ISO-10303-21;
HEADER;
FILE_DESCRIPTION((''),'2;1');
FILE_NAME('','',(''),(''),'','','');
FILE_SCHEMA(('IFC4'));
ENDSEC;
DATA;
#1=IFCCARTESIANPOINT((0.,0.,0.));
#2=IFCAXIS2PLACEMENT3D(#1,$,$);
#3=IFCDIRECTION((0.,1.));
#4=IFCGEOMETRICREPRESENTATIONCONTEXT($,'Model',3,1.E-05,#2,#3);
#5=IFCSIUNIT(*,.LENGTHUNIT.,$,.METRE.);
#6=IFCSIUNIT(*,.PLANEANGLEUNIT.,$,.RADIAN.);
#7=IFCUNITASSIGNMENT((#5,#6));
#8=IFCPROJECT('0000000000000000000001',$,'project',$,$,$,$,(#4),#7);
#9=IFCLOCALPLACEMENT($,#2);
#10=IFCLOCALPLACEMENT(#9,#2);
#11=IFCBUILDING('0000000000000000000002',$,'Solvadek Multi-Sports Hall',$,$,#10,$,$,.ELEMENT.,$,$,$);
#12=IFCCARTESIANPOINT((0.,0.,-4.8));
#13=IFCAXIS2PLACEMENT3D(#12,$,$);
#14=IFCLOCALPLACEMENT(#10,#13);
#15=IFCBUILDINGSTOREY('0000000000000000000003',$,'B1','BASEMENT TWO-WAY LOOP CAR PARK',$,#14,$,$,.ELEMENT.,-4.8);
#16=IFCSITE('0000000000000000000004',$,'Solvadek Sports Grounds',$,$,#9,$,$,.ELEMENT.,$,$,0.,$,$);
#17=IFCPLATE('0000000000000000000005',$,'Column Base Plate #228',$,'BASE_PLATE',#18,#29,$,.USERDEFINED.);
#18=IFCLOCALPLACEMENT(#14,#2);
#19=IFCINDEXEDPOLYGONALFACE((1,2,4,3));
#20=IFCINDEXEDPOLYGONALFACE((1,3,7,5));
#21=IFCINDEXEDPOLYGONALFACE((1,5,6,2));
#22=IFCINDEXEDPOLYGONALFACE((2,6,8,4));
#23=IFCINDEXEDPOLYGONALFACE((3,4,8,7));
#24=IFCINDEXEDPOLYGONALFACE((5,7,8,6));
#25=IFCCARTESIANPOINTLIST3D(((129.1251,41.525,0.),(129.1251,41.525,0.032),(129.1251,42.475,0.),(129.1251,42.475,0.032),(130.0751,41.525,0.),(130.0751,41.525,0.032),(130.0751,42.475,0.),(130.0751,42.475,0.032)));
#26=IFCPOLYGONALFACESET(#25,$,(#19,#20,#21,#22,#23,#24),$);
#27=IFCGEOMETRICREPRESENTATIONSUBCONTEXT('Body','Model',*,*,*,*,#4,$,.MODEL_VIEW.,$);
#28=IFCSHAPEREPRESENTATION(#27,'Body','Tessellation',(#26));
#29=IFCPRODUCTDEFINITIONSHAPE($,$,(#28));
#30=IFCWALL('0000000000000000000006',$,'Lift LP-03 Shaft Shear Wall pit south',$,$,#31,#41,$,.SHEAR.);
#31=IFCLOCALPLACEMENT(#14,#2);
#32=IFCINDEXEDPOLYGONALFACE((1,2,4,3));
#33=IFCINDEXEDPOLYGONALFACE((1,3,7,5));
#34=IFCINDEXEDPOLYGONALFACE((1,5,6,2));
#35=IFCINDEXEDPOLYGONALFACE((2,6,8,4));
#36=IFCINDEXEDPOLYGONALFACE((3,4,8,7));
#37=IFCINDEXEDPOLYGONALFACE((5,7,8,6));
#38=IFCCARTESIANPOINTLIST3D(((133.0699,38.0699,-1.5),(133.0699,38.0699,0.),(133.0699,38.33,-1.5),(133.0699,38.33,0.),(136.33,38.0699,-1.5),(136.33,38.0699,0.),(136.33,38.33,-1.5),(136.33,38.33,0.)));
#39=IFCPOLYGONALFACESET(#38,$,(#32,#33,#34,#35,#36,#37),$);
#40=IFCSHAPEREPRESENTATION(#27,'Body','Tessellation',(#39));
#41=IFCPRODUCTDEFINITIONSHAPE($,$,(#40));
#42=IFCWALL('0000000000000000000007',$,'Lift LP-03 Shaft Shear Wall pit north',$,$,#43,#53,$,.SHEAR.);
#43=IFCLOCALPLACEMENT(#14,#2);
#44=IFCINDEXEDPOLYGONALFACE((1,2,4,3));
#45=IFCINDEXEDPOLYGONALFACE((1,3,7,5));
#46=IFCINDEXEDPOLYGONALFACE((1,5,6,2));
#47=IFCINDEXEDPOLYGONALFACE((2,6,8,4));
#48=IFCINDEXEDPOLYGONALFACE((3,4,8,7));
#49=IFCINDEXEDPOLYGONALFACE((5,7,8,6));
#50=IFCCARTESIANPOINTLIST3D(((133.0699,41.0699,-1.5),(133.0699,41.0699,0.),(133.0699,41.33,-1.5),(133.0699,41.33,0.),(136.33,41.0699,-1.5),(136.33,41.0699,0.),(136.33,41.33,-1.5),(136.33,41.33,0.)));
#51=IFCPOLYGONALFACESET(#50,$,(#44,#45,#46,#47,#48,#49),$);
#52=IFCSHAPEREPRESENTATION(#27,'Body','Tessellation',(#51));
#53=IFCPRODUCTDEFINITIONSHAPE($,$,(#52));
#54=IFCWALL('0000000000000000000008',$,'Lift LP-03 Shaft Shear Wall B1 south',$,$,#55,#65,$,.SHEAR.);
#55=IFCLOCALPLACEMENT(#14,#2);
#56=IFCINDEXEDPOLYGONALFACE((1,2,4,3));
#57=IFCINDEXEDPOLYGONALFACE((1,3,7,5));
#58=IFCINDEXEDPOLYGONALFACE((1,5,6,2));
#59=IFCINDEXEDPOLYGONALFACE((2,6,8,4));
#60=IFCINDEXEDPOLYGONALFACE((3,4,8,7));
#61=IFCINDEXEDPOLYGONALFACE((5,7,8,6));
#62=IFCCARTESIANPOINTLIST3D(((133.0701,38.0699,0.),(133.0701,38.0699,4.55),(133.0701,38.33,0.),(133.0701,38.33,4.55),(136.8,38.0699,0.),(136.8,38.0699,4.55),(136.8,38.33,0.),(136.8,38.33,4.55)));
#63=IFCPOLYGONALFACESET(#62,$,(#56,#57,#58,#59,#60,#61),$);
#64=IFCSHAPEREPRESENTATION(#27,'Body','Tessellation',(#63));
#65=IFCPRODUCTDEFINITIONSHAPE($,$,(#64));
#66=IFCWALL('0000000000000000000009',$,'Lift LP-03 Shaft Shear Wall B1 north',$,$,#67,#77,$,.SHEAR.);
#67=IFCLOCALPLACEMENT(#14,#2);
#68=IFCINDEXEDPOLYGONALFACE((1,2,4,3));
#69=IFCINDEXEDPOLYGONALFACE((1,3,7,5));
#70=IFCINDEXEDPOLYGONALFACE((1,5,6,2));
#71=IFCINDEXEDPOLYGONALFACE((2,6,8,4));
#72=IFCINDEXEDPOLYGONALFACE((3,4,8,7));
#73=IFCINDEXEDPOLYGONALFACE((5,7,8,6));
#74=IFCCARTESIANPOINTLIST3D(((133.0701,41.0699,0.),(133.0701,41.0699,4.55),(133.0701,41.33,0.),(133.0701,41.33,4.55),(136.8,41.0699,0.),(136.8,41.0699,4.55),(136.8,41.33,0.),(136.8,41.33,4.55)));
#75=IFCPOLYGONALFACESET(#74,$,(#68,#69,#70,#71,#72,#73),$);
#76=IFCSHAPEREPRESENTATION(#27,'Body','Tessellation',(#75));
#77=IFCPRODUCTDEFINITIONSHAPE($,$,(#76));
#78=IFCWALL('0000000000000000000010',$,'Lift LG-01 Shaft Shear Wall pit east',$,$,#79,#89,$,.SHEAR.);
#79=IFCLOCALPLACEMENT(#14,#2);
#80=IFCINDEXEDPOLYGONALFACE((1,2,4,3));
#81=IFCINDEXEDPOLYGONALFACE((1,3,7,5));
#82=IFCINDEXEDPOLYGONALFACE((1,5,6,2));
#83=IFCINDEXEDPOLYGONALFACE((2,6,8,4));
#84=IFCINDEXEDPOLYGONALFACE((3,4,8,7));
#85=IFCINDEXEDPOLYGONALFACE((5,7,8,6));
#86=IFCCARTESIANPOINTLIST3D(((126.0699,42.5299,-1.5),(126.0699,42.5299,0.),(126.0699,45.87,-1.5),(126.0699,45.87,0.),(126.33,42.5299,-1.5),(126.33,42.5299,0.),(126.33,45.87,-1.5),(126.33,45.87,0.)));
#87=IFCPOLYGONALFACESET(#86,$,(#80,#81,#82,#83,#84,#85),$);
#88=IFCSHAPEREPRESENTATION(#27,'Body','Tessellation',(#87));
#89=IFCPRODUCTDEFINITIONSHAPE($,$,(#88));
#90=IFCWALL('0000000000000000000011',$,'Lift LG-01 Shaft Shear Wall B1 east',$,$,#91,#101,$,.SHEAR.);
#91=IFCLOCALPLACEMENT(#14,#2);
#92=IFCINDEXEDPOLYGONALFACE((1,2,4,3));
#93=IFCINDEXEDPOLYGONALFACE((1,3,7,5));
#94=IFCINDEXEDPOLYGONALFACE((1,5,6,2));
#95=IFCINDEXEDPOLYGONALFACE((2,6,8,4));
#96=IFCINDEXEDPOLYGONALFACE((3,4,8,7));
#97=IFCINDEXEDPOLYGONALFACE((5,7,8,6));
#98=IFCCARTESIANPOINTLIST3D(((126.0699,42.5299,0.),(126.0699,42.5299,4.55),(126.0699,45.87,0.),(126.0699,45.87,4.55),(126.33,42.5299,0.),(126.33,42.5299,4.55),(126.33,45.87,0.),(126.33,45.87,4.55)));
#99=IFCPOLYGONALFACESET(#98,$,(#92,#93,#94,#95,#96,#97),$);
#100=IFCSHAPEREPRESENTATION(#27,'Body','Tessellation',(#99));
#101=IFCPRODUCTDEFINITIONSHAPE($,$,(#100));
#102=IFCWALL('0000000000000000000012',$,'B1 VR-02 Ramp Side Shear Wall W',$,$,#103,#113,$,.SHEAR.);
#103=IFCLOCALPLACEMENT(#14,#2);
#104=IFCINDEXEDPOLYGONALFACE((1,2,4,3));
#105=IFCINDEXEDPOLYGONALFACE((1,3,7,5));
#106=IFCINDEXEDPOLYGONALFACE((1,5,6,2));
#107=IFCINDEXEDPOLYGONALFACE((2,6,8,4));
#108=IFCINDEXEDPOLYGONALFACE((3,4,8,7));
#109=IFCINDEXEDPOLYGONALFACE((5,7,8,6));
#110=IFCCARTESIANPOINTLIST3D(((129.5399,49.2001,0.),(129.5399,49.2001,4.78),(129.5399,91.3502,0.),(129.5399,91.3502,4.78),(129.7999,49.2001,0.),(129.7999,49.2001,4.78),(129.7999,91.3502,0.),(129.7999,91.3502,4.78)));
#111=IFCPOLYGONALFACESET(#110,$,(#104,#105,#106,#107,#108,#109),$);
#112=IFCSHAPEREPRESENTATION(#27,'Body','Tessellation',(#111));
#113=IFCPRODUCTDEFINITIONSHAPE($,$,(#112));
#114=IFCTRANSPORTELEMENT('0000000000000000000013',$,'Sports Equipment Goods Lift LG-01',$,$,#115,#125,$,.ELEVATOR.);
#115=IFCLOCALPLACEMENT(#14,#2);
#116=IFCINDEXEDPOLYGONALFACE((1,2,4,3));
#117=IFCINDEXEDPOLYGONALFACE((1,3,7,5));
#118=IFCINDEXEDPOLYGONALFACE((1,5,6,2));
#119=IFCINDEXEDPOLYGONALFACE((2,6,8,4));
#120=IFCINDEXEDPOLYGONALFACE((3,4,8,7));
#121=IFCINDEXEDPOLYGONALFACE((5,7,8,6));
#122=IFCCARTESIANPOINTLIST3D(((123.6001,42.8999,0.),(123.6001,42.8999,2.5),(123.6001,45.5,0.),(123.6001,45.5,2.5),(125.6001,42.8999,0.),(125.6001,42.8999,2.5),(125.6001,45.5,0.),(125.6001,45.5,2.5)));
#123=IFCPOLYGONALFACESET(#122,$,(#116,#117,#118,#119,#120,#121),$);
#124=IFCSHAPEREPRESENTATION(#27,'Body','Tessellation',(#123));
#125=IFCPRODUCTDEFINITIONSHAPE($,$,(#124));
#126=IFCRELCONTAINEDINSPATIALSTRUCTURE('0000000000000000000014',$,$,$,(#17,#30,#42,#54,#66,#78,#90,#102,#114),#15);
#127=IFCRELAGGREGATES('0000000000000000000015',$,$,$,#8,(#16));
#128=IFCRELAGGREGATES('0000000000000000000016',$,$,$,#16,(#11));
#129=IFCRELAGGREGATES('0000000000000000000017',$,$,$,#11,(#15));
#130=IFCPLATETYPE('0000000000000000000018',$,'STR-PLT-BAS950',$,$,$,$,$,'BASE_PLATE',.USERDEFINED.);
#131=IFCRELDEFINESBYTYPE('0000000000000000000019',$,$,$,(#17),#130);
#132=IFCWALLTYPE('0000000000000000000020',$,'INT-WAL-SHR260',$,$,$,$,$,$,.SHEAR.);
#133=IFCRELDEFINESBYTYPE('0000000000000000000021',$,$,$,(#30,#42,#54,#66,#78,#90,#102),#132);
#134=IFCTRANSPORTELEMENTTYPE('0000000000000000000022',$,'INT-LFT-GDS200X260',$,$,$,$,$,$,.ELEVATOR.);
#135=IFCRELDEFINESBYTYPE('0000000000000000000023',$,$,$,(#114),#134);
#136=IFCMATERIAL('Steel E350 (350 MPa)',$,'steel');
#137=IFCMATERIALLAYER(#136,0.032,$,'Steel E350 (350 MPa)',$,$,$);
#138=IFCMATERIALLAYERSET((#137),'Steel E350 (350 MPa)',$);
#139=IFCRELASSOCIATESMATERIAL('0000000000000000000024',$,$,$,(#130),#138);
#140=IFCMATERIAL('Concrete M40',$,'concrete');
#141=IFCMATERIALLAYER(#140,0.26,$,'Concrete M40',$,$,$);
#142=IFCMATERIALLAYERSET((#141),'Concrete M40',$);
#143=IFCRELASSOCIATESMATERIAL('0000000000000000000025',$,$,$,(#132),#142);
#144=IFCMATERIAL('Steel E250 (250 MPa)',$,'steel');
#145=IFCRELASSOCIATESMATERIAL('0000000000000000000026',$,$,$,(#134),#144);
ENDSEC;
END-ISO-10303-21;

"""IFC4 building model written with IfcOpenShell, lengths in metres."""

from ifc_helpers import new_model, si_unit, direction, frame, frame_2d, origin, origin_2d, place, context, subcontext, project, spatial, rectangle, extrude, material, layer, layer_set, type_object, element, save


model = new_model("IFC4")

# Units and contexts
model_context = context("Model", 3, precision=1e-05, world=origin(), true_north=direction((0.0, 1.0)))
body_context = subcontext(model_context, "Body", "Model", "MODEL_VIEW")
ifc_project = project(units=[si_unit("LENGTHUNIT", "METRE"), si_unit("PLANEANGLEUNIT", "RADIAN")], contexts=[model_context])

# Site, building, storey
site_placement = place(None, origin())
site = spatial("IfcSite", under=ifc_project, at=site_placement, Name="Solvadek Sports Grounds", CompositionType="ELEMENT", RefElevation=0.0)
building_placement = place(site_placement, origin())
building = spatial("IfcBuilding", under=site, at=building_placement, Name="Solvadek Multi-Sports Hall", CompositionType="ELEMENT")
storey_placement = place(building_placement, frame((0.0, 0.0, -4.8)))
storey = spatial("IfcBuildingStorey", under=building, at=storey_placement, Name="B1", Description="BASEMENT TWO-WAY LOOP CAR PARK", CompositionType="ELEMENT", Elevation=-4.8)

# Shared definitions
ifc_material_1 = material(Name="Concrete M40", Category="concrete")

# Shared definitions
ifc_material_2 = material(Name="Steel E350 (350 MPa)", Category="steel")

# Plate
ifc_layer_1 = layer(ifc_material_2, 0.032, Name="Steel E350 (350 MPa)")
ifc_layer_set_1 = layer_set([ifc_layer_1], Name="Steel E350 (350 MPa)")
plate_type = type_object("IfcPlateType", Name="STR-PLT-BAS950", ElementType="BASE_PLATE", PredefinedType="USERDEFINED", material=ifc_layer_set_1)
plate_placement = place(storey_placement, frame((129.6001, 42.0, 0.0), z_axis=(0.0, 0.0, 1.0), x_axis=(1.0, 0.0, 0.0)))
element("IfcPlate", 1, at=plate_placement, inside=storey, type_object=plate_type, Name="Column Base Plate #228", ObjectType="BASE_PLATE", PredefinedType="USERDEFINED", context=body_context, shape_type="SweptSolid", body=[
    extrude(rectangle(XDim=0.95, YDim=0.95, at=origin_2d()), origin(), (0.0, 0.0, 1.0), 0.032),
])

# Walls
ifc_layer_2 = layer(ifc_material_1, 0.26, Name="Concrete M40")
ifc_layer_set_2 = layer_set([ifc_layer_2], Name="Concrete M40")
wall_type = type_object("IfcWallType", Name="INT-WAL-SHR260", PredefinedType="SHEAR", material=ifc_layer_set_2)
for number, where, z_axis, x_axis, name in (
    (2, (133.0701, 38.2, -1.5), (0.0, 0.0, 1.0), (1.0, 0.0, 0.0), "Lift LP-03 Shaft Shear Wall pit south"),
    (3, (133.0701, 41.2, -1.5), (0.0, 0.0, 1.0), (1.0, 0.0, 0.0), "Lift LP-03 Shaft Shear Wall pit north"),
):
    element("IfcWall", number, at=place(storey_placement, frame(where, z_axis=z_axis, x_axis=x_axis)), inside=storey, type_object=wall_type, Name=name, PredefinedType="SHEAR", context=body_context, shape_type="SweptSolid", body=[
        extrude(rectangle(XDim=3.26, YDim=0.26, at=frame_2d((1.6299, 0.0))), origin(), (0.0, 0.0, 1.0), 1.5),
    ])
for number, where, z_axis, x_axis, name in (
    (4, (133.0701, 38.2, 0.0), (0.0, 0.0, 1.0), (1.0, 0.0, 0.0), "Lift LP-03 Shaft Shear Wall B1 south"),
    (5, (133.0701, 41.2, 0.0), (0.0, 0.0, 1.0), (1.0, 0.0, 0.0), "Lift LP-03 Shaft Shear Wall B1 north"),
):
    element("IfcWall", number, at=place(storey_placement, frame(where, z_axis=z_axis, x_axis=x_axis)), inside=storey, type_object=wall_type, Name=name, PredefinedType="SHEAR", context=body_context, shape_type="SweptSolid", body=[
        extrude(rectangle(XDim=3.73, YDim=0.26, at=frame_2d((1.865, 0.0))), origin(), (0.0, 0.0, 1.0), 4.55),
    ])
wall_1_placement = place(storey_placement, frame((126.2, 42.53, -1.5), z_axis=(0.0, 0.0, 1.0), x_axis=(0.0, 1.0, 0.0)))
element("IfcWall", 6, at=wall_1_placement, inside=storey, type_object=wall_type, Name="Lift LG-01 Shaft Shear Wall pit east", PredefinedType="SHEAR", context=body_context, shape_type="SweptSolid", body=[
    extrude(rectangle(XDim=3.3401, YDim=0.26, at=frame_2d((1.6699, 0.0))), origin(), (0.0, 0.0, 1.0), 1.5),
])
wall_2_placement = place(storey_placement, frame((126.2, 42.53, 0.0), z_axis=(0.0, 0.0, 1.0), x_axis=(0.0, 1.0, 0.0)))
element("IfcWall", 7, at=wall_2_placement, inside=storey, type_object=wall_type, Name="Lift LG-01 Shaft Shear Wall B1 east", PredefinedType="SHEAR", context=body_context, shape_type="SweptSolid", body=[
    extrude(rectangle(XDim=3.3401, YDim=0.26, at=frame_2d((1.6699, 0.0))), origin(), (0.0, 0.0, 1.0), 4.55),
])
wall_3_placement = place(storey_placement, frame((129.6699, 49.2, 0.0), z_axis=(0.0, 0.0, 1.0), x_axis=(0.0, 1.0, 0.0)))
element("IfcWall", 8, at=wall_3_placement, inside=storey, type_object=wall_type, Name="B1 VR-02 Ramp Side Shear Wall W", PredefinedType="SHEAR", context=body_context, shape_type="SweptSolid", body=[
    extrude(rectangle(XDim=42.1501, YDim=0.26, at=frame_2d((21.0752, 0.0))), origin(), (0.0, 0.0, 1.0), 4.78),
])

# Transport element
ifc_material_3 = material(Name="Steel E250 (250 MPa)", Category="steel")
transport_element_type = type_object("IfcTransportElementType", Name="INT-LFT-GDS200X260", PredefinedType="ELEVATOR", material=ifc_material_3)
transport_element_placement = place(storey_placement, frame((124.6001, 44.2, 0.0), z_axis=(0.0, 0.0, 1.0), x_axis=(1.0, 0.0, 0.0)))
element("IfcTransportElement", 9, at=transport_element_placement, inside=storey, type_object=transport_element_type, Name="Sports Equipment Goods Lift LG-01", PredefinedType="ELEVATOR", context=body_context, shape_type="SweptSolid", body=[
    extrude(rectangle(XDim=2.0, YDim=2.6001, at=origin_2d()), origin(), (0.0, 0.0, 1.0), 2.5),
])

save(model, "model.ifc")
